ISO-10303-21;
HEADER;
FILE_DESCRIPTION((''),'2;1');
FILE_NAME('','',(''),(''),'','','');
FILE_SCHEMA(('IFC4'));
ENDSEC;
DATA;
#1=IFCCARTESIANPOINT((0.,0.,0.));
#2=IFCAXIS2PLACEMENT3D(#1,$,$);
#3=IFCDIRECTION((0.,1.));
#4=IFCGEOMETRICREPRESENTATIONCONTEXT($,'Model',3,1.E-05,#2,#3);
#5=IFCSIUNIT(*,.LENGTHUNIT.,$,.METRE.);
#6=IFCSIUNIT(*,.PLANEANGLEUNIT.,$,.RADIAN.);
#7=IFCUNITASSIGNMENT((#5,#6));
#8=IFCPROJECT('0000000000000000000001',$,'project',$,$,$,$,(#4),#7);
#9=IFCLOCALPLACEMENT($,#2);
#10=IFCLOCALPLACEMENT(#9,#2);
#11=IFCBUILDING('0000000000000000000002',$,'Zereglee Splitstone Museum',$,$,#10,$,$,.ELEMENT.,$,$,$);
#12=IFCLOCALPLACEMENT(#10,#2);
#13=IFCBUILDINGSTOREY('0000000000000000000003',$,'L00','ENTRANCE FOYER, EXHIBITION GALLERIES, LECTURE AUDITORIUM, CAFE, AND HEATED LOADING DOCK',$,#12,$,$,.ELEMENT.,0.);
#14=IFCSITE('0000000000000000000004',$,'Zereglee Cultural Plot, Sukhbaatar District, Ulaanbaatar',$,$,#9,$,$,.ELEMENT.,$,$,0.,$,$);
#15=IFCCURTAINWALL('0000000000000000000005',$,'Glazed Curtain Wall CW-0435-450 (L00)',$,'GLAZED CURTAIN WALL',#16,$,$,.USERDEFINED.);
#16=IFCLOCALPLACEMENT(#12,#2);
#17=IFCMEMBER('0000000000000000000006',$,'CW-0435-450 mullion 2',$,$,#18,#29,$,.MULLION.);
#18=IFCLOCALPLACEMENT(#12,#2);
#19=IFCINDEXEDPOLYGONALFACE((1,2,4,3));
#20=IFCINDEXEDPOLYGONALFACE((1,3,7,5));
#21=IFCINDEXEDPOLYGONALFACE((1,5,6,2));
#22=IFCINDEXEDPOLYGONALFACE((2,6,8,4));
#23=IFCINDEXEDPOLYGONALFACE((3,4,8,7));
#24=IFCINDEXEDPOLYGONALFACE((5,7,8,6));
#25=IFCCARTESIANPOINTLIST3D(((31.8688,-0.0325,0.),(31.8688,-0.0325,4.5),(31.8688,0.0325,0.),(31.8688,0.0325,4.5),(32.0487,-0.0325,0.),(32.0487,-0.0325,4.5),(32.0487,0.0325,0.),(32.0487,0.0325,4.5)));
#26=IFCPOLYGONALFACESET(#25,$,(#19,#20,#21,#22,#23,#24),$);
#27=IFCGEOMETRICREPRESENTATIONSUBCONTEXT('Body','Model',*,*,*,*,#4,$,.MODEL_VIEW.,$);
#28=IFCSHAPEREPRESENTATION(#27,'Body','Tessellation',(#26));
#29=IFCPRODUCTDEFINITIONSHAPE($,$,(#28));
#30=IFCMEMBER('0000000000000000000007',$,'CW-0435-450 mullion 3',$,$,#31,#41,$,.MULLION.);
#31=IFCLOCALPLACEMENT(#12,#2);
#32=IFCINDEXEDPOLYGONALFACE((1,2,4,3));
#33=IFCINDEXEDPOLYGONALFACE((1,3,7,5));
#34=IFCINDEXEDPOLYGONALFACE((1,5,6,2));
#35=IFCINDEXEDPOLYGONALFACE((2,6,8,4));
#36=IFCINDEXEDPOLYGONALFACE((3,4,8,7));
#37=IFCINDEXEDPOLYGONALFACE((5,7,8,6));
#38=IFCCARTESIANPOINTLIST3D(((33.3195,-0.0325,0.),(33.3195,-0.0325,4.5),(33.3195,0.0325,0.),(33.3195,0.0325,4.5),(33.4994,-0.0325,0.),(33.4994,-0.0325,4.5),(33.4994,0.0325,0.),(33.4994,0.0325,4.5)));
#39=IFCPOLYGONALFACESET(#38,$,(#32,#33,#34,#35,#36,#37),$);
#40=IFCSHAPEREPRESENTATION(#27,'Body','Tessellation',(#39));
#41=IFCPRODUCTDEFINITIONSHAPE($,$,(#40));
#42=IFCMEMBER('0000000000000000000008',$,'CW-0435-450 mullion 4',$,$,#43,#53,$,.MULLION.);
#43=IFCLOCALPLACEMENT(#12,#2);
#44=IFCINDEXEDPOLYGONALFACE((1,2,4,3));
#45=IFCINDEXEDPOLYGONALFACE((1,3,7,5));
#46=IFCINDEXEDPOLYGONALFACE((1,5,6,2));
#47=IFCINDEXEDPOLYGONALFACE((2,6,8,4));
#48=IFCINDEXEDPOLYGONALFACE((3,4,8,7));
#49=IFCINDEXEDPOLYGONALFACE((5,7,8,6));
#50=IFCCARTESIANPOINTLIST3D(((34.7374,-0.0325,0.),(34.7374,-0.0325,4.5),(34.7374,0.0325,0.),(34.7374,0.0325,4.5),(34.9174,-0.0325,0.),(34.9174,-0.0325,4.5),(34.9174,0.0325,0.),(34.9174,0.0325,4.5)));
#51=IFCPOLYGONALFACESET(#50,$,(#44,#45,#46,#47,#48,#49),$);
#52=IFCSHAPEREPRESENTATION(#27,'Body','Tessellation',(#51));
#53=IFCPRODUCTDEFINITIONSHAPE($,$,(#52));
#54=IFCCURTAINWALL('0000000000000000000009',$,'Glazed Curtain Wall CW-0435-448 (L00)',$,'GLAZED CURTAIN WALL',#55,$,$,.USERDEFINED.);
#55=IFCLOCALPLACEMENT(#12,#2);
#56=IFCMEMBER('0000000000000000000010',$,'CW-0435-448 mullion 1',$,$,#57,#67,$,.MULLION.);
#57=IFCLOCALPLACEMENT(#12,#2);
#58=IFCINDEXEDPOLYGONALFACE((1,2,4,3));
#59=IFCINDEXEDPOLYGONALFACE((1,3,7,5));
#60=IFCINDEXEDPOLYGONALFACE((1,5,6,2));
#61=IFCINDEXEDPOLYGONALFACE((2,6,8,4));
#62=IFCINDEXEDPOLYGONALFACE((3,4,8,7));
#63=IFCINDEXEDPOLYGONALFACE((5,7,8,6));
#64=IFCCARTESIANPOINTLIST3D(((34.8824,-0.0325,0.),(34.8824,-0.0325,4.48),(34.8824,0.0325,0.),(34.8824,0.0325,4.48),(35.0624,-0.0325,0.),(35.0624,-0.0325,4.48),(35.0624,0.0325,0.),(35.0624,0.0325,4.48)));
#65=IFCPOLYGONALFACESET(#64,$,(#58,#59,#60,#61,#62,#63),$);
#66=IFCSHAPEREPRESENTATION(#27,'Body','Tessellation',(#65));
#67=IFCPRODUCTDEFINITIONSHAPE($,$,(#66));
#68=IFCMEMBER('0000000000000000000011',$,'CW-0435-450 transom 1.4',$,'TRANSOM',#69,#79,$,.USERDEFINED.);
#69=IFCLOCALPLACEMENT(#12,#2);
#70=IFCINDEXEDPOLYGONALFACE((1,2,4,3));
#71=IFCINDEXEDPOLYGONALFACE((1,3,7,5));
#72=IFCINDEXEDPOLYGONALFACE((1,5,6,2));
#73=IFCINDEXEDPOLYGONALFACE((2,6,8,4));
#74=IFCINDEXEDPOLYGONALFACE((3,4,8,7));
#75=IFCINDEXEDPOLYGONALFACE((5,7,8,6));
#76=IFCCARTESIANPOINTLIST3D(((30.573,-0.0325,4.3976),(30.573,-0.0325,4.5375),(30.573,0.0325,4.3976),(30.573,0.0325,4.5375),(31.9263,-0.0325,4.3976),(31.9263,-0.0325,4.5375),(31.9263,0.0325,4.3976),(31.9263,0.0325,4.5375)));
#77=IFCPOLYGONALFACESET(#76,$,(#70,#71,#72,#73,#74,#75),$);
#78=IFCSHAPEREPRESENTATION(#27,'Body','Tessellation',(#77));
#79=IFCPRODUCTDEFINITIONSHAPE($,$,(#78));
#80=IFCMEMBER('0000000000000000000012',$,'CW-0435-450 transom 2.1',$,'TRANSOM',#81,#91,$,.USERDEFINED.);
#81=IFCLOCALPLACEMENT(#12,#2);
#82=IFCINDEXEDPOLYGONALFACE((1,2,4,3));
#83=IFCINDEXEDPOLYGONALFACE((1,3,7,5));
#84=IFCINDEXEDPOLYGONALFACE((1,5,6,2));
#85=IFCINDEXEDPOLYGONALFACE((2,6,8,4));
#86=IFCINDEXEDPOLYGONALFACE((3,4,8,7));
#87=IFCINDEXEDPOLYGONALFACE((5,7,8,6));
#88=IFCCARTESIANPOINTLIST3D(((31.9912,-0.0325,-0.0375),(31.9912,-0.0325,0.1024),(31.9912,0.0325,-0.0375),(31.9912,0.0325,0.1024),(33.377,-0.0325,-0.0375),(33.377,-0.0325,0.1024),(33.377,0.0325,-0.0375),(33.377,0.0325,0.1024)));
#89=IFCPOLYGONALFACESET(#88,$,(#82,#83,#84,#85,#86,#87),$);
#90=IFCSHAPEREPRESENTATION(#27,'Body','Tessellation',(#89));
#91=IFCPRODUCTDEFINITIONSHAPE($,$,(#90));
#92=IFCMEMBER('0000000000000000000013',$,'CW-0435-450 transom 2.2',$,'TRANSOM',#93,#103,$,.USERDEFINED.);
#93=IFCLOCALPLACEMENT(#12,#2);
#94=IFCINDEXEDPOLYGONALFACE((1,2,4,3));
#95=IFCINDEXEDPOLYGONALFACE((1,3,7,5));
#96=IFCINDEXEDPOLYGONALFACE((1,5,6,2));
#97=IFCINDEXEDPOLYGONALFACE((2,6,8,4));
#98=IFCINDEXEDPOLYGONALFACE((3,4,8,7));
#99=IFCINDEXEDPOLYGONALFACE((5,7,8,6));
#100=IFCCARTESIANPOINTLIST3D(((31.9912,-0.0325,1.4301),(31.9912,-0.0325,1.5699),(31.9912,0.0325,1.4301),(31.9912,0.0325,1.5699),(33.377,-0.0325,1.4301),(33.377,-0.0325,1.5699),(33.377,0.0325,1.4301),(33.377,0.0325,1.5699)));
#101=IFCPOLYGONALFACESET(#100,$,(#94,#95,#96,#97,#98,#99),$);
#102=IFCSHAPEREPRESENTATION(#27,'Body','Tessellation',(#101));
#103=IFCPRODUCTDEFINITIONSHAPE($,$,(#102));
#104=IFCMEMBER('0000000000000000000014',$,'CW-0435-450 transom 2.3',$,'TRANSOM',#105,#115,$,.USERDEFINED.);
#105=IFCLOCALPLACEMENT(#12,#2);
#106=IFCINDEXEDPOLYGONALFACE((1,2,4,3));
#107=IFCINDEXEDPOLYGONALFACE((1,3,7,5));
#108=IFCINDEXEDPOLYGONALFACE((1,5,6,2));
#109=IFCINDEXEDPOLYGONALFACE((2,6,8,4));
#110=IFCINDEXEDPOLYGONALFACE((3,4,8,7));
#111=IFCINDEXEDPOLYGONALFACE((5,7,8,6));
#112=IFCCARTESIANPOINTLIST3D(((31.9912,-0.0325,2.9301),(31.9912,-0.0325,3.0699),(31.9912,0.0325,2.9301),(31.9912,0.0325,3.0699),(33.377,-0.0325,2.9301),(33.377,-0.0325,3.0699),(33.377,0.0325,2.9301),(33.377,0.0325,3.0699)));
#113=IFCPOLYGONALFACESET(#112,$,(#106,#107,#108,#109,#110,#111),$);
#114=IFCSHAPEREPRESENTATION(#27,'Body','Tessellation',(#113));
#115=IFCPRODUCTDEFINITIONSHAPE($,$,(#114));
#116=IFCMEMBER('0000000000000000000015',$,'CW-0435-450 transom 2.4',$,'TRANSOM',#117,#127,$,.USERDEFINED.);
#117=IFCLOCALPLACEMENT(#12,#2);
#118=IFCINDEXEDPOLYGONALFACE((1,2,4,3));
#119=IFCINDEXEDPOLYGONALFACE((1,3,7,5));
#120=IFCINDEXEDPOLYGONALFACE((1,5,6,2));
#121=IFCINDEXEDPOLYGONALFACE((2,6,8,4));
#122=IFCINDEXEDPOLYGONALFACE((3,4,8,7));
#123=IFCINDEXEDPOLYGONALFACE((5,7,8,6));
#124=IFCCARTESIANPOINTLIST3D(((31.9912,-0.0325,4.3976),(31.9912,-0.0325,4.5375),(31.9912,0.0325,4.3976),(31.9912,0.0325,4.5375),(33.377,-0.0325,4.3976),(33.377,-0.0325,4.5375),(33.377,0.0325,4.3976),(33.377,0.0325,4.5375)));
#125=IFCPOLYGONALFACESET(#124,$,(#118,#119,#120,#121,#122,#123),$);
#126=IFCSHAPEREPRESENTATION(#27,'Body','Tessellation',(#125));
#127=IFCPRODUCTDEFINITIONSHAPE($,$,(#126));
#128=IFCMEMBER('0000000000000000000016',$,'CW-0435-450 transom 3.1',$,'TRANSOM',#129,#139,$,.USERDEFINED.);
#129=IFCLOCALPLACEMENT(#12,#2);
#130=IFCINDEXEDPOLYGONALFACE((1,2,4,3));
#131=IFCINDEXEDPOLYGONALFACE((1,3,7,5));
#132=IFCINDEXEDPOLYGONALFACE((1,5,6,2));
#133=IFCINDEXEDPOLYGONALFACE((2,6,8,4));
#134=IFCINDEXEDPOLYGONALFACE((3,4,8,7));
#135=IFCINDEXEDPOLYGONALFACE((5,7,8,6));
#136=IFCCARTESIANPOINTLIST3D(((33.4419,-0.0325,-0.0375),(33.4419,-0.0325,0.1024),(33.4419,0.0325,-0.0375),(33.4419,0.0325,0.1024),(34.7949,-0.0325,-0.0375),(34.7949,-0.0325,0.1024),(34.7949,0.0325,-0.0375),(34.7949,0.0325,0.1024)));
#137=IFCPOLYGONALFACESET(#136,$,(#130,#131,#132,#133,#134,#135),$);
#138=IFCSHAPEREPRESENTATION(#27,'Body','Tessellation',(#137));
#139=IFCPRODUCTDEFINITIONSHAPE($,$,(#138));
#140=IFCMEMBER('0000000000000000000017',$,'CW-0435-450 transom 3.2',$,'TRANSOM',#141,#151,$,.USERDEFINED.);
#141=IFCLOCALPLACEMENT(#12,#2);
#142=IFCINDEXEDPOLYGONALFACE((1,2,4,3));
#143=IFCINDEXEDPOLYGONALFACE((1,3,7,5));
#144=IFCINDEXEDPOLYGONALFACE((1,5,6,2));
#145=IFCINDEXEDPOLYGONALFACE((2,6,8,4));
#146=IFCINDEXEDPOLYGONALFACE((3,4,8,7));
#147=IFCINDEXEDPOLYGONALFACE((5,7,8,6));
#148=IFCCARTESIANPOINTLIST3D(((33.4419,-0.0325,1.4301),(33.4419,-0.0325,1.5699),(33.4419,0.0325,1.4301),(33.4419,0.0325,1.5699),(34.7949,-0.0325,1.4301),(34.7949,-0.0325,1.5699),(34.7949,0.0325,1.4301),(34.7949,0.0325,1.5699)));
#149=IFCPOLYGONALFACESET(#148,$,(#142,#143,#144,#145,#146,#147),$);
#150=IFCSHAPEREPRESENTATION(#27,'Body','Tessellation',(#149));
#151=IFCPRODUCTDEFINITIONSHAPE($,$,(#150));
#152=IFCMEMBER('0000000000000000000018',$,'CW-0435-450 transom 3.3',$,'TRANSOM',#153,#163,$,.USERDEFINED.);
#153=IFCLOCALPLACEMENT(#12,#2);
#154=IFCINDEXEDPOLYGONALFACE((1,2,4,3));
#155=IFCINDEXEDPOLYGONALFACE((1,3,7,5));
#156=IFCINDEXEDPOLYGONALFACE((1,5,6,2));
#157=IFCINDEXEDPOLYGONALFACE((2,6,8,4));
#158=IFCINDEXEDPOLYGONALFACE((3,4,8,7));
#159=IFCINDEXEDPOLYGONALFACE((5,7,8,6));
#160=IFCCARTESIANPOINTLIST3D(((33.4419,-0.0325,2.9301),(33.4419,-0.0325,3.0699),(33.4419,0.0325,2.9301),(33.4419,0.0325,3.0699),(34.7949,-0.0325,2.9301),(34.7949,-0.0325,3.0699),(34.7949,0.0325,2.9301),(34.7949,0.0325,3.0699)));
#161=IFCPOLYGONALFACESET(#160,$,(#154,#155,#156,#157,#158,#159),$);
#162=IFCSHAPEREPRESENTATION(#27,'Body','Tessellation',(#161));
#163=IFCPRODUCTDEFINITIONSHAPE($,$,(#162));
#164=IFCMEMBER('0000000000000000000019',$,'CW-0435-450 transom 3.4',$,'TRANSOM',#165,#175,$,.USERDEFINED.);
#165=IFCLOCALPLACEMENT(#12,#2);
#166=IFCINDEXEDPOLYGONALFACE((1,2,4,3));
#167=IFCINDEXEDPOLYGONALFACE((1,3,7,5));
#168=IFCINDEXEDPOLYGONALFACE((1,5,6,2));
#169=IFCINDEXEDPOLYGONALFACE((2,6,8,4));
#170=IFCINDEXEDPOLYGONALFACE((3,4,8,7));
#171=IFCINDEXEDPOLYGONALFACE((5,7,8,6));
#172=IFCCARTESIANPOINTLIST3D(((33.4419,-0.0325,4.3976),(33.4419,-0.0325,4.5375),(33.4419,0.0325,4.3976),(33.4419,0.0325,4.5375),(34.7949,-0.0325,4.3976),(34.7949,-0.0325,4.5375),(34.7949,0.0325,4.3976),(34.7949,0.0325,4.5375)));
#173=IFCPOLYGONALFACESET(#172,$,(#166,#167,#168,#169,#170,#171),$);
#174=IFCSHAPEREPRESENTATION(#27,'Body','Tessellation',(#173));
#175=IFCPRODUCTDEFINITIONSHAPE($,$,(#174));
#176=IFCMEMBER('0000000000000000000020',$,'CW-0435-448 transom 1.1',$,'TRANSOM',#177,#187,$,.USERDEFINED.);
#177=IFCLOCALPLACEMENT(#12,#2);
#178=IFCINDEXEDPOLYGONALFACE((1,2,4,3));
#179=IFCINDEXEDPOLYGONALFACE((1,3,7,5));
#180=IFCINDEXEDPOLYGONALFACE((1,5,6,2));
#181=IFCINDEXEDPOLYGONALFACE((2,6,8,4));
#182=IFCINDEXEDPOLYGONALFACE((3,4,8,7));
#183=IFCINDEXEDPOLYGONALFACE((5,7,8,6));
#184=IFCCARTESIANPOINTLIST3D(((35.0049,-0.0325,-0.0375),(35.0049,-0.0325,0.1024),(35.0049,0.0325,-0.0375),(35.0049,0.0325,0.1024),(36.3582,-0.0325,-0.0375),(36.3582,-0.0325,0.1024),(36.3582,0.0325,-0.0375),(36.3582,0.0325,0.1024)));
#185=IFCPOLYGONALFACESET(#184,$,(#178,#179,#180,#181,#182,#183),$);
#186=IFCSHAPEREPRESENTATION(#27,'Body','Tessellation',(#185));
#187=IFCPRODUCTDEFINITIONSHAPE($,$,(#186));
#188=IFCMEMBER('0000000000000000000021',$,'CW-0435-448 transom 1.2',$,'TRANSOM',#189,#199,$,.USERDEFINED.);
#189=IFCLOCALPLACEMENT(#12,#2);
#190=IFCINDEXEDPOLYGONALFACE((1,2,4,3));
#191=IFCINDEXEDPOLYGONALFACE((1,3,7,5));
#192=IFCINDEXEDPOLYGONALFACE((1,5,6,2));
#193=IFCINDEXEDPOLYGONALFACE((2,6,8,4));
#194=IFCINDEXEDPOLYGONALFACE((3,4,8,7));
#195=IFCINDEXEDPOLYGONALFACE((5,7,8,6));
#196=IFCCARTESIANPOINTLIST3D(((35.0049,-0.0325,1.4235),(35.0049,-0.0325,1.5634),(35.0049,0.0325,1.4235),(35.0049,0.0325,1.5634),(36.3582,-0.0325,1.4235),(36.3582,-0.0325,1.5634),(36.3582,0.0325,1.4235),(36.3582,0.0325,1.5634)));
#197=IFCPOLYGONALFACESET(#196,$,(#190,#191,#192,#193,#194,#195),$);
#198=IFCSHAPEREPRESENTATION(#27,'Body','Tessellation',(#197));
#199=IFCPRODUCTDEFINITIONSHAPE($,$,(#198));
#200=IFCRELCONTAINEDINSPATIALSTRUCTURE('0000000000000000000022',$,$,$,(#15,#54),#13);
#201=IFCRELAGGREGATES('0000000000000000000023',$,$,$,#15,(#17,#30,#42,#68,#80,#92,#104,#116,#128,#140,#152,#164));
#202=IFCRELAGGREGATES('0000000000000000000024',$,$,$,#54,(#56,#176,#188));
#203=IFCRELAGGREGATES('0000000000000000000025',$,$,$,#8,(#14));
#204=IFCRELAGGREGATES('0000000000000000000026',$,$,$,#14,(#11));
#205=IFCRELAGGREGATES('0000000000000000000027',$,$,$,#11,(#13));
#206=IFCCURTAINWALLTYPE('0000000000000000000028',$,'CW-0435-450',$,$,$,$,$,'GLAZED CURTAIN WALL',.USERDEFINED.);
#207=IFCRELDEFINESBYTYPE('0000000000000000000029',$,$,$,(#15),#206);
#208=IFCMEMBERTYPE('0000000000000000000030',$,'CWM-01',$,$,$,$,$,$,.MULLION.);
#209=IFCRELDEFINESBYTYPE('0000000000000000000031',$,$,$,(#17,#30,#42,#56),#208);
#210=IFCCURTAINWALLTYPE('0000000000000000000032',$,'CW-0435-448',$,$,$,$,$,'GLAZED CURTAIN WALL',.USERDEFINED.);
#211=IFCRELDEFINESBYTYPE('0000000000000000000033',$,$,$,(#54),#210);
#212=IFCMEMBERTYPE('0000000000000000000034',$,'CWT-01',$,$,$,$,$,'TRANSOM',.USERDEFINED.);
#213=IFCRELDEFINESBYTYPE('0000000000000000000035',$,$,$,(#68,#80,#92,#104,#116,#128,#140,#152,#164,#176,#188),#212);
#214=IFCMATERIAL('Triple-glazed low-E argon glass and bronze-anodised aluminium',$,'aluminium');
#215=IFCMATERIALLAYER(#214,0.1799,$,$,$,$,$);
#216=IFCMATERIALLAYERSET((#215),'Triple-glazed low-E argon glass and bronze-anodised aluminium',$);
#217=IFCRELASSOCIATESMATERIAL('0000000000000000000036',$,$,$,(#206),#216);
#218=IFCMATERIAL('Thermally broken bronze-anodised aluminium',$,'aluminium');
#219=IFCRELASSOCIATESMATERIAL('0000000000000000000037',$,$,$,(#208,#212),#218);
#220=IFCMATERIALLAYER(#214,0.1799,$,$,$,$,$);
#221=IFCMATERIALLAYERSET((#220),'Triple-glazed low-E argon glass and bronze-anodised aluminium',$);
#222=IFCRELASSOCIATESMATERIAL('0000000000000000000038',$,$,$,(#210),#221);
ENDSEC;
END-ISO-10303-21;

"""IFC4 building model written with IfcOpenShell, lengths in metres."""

from ifc_helpers import new_model, si_unit, direction, frame, origin, origin_2d, place, context, subcontext, project, spatial, rectangle, extrude, material, layer, layer_set, material_profile, profile_set, type_object, element, aggregate, save


model = new_model("IFC4")

# Units and contexts
model_context = context("Model", 3, precision=1e-05, world=origin(), true_north=direction((0.0, 1.0)))
body_context = subcontext(model_context, "Body", "Model", "MODEL_VIEW")
ifc_project = project(units=[si_unit("LENGTHUNIT", "METRE"), si_unit("PLANEANGLEUNIT", "RADIAN")], contexts=[model_context])

# Site, building, storey
site_placement = place(None, origin())
site = spatial("IfcSite", under=ifc_project, at=site_placement, Name="Zereglee Cultural Plot, Sukhbaatar District, Ulaanbaatar", CompositionType="ELEMENT", RefElevation=0.0)
building_placement = place(site_placement, origin())
building = spatial("IfcBuilding", under=site, at=building_placement, Name="Zereglee Splitstone Museum", CompositionType="ELEMENT")
storey_placement = place(building_placement, origin())
storey = spatial("IfcBuildingStorey", under=building, at=storey_placement, Name="L00", Description="ENTRANCE FOYER, EXHIBITION GALLERIES, LECTURE AUDITORIUM, CAFE, AND HEATED LOADING DOCK", CompositionType="ELEMENT", Elevation=0.0)

# Curtain wall, members
ifc_material_1 = material(Name="Triple-glazed low-E argon glass and bronze-anodised aluminium", Category="aluminium")
ifc_layer_1 = layer(ifc_material_1, 0.1799)
ifc_layer_set_1 = layer_set([ifc_layer_1], Name="Triple-glazed low-E argon glass and bronze-anodised aluminium")
curtain_wall_type_1 = type_object("IfcCurtainWallType", Name="CW-0435-450", ElementType="GLAZED CURTAIN WALL", PredefinedType="USERDEFINED", material=ifc_layer_set_1)
curtain_wall_1_placement = place(storey_placement, origin())
curtain_wall_1 = element("IfcCurtainWall", 1, at=curtain_wall_1_placement, inside=storey, type_object=curtain_wall_type_1, Name="Glazed Curtain Wall CW-0435-450 (L00)", ObjectType="GLAZED CURTAIN WALL", PredefinedType="USERDEFINED")
ifc_material_2 = material(Name="Thermally broken bronze-anodised aluminium", Category="aluminium")
ifc_material_profile_1 = material_profile(ifc_material_2, rectangle(XDim=0.0649, YDim=0.1799, at=origin_2d()), Name="CW MULL 65x180")
ifc_profile_set_1 = profile_set([ifc_material_profile_1], Name="Thermally broken bronze-anodised aluminium")
member_type_1 = type_object("IfcMemberType", Name="CWM-01", PredefinedType="MULLION", material=ifc_profile_set_1)
member_1_placement = place(storey_placement, frame((31.9587, 0.0, 0.0), z_axis=(0.0, 0.0, 1.0), x_axis=(0.0, 1.0, 0.0)))
member_1 = element("IfcMember", 2, at=member_1_placement, type_object=member_type_1, Name="CW-0435-450 mullion 2", PredefinedType="MULLION", context=body_context, shape_type="SweptSolid", body=[
    extrude(rectangle(XDim=0.0649, YDim=0.1799, at=origin_2d()), origin(), (0.0, 0.0, 1.0), 4.5),
])
member_2_placement = place(storey_placement, frame((33.4094, 0.0, 0.0), z_axis=(0.0, 0.0, 1.0), x_axis=(0.0, 1.0, 0.0)))
member_2 = element("IfcMember", 3, at=member_2_placement, type_object=member_type_1, Name="CW-0435-450 mullion 3", PredefinedType="MULLION", context=body_context, shape_type="SweptSolid", body=[
    extrude(rectangle(XDim=0.0649, YDim=0.1799, at=origin_2d()), origin(), (0.0, 0.0, 1.0), 4.5),
])
member_3_placement = place(storey_placement, frame((34.8274, 0.0, 0.0), z_axis=(0.0, 0.0, 1.0), x_axis=(0.0, 1.0, 0.0)))
member_3 = element("IfcMember", 4, at=member_3_placement, type_object=member_type_1, Name="CW-0435-450 mullion 4", PredefinedType="MULLION", context=body_context, shape_type="SweptSolid", body=[
    extrude(rectangle(XDim=0.0649, YDim=0.1799, at=origin_2d()), origin(), (0.0, 0.0, 1.0), 4.5),
])

# Curtain wall, member
ifc_layer_2 = layer(ifc_material_1, 0.1799)
ifc_layer_set_2 = layer_set([ifc_layer_2], Name="Triple-glazed low-E argon glass and bronze-anodised aluminium")
curtain_wall_type_2 = type_object("IfcCurtainWallType", Name="CW-0435-448", ElementType="GLAZED CURTAIN WALL", PredefinedType="USERDEFINED", material=ifc_layer_set_2)
curtain_wall_2_placement = place(storey_placement, origin())
curtain_wall_2 = element("IfcCurtainWall", 5, at=curtain_wall_2_placement, inside=storey, type_object=curtain_wall_type_2, Name="Glazed Curtain Wall CW-0435-448 (L00)", ObjectType="GLAZED CURTAIN WALL", PredefinedType="USERDEFINED")
member_4_placement = place(storey_placement, frame((34.9724, 0.0, 0.0), z_axis=(0.0, 0.0, 1.0), x_axis=(0.0, 1.0, 0.0)))
member_4 = element("IfcMember", 6, at=member_4_placement, type_object=member_type_1, Name="CW-0435-448 mullion 1", PredefinedType="MULLION", context=body_context, shape_type="SweptSolid", body=[
    extrude(rectangle(XDim=0.0649, YDim=0.1799, at=origin_2d()), origin(), (0.0, 0.0, 1.0), 4.48),
])

# Members
ifc_material_profile_2 = material_profile(ifc_material_2, rectangle(XDim=0.0649, YDim=0.1399, at=origin_2d()), Name="CW TRAN 65x140")
ifc_profile_set_2 = profile_set([ifc_material_profile_2], Name="Thermally broken bronze-anodised aluminium")
member_type_2 = type_object("IfcMemberType", Name="CWT-01", ElementType="TRANSOM", PredefinedType="USERDEFINED", material=ifc_profile_set_2)
member_5_placement = place(storey_placement, frame((30.573, 0.0, 4.4675), z_axis=(1.0, 0.0, 0.0), x_axis=(0.0, 1.0, 0.0)))
member_5 = element("IfcMember", 7, at=member_5_placement, type_object=member_type_2, Name="CW-0435-450 transom 1.4", ObjectType="TRANSOM", PredefinedType="USERDEFINED", context=body_context, shape_type="SweptSolid", body=[
    extrude(rectangle(XDim=0.0649, YDim=0.1399, at=origin_2d()), origin(), (0.0, 0.0, 1.0), 1.3533),
])
member_6_placement = place(storey_placement, frame((31.9912, 0.0, 0.0325), z_axis=(1.0, 0.0, 0.0), x_axis=(0.0, 1.0, 0.0)))
member_6 = element("IfcMember", 8, at=member_6_placement, type_object=member_type_2, Name="CW-0435-450 transom 2.1", ObjectType="TRANSOM", PredefinedType="USERDEFINED", context=body_context, shape_type="SweptSolid", body=[
    extrude(rectangle(XDim=0.0649, YDim=0.1399, at=origin_2d()), origin(), (0.0, 0.0, 1.0), 1.3857),
])
member_7_placement = place(storey_placement, frame((31.9912, 0.0, 1.5), z_axis=(1.0, 0.0, 0.0), x_axis=(0.0, 1.0, 0.0)))
member_7 = element("IfcMember", 9, at=member_7_placement, type_object=member_type_2, Name="CW-0435-450 transom 2.2", ObjectType="TRANSOM", PredefinedType="USERDEFINED", context=body_context, shape_type="SweptSolid", body=[
    extrude(rectangle(XDim=0.0649, YDim=0.1399, at=origin_2d()), origin(), (0.0, 0.0, 1.0), 1.3857),
])
member_8_placement = place(storey_placement, frame((31.9912, 0.0, 3.0), z_axis=(1.0, 0.0, 0.0), x_axis=(0.0, 1.0, 0.0)))
member_8 = element("IfcMember", 10, at=member_8_placement, type_object=member_type_2, Name="CW-0435-450 transom 2.3", ObjectType="TRANSOM", PredefinedType="USERDEFINED", context=body_context, shape_type="SweptSolid", body=[
    extrude(rectangle(XDim=0.0649, YDim=0.1399, at=origin_2d()), origin(), (0.0, 0.0, 1.0), 1.3857),
])
member_9_placement = place(storey_placement, frame((31.9912, 0.0, 4.4675), z_axis=(1.0, 0.0, 0.0), x_axis=(0.0, 1.0, 0.0)))
member_9 = element("IfcMember", 11, at=member_9_placement, type_object=member_type_2, Name="CW-0435-450 transom 2.4", ObjectType="TRANSOM", PredefinedType="USERDEFINED", context=body_context, shape_type="SweptSolid", body=[
    extrude(rectangle(XDim=0.0649, YDim=0.1399, at=origin_2d()), origin(), (0.0, 0.0, 1.0), 1.3857),
])
member_10_placement = place(storey_placement, frame((33.4419, 0.0, 0.0325), z_axis=(1.0, 0.0, 0.0), x_axis=(0.0, 1.0, 0.0)))
member_10 = element("IfcMember", 12, at=member_10_placement, type_object=member_type_2, Name="CW-0435-450 transom 3.1", ObjectType="TRANSOM", PredefinedType="USERDEFINED", context=body_context, shape_type="SweptSolid", body=[
    extrude(rectangle(XDim=0.0649, YDim=0.1399, at=origin_2d()), origin(), (0.0, 0.0, 1.0), 1.353),
])
member_11_placement = place(storey_placement, frame((33.4419, 0.0, 1.5), z_axis=(1.0, 0.0, 0.0), x_axis=(0.0, 1.0, 0.0)))
member_11 = element("IfcMember", 13, at=member_11_placement, type_object=member_type_2, Name="CW-0435-450 transom 3.2", ObjectType="TRANSOM", PredefinedType="USERDEFINED", context=body_context, shape_type="SweptSolid", body=[
    extrude(rectangle(XDim=0.0649, YDim=0.1399, at=origin_2d()), origin(), (0.0, 0.0, 1.0), 1.353),
])
member_12_placement = place(storey_placement, frame((33.4419, 0.0, 3.0), z_axis=(1.0, 0.0, 0.0), x_axis=(0.0, 1.0, 0.0)))
member_12 = element("IfcMember", 14, at=member_12_placement, type_object=member_type_2, Name="CW-0435-450 transom 3.3", ObjectType="TRANSOM", PredefinedType="USERDEFINED", context=body_context, shape_type="SweptSolid", body=[
    extrude(rectangle(XDim=0.0649, YDim=0.1399, at=origin_2d()), origin(), (0.0, 0.0, 1.0), 1.353),
])
member_13_placement = place(storey_placement, frame((33.4419, 0.0, 4.4675), z_axis=(1.0, 0.0, 0.0), x_axis=(0.0, 1.0, 0.0)))
member_13 = element("IfcMember", 15, at=member_13_placement, type_object=member_type_2, Name="CW-0435-450 transom 3.4", ObjectType="TRANSOM", PredefinedType="USERDEFINED", context=body_context, shape_type="SweptSolid", body=[
    extrude(rectangle(XDim=0.0649, YDim=0.1399, at=origin_2d()), origin(), (0.0, 0.0, 1.0), 1.353),
])
member_14_placement = place(storey_placement, frame((35.0049, 0.0, 0.0325), z_axis=(1.0, 0.0, 0.0), x_axis=(0.0, 1.0, 0.0)))
member_14 = element("IfcMember", 16, at=member_14_placement, type_object=member_type_2, Name="CW-0435-448 transom 1.1", ObjectType="TRANSOM", PredefinedType="USERDEFINED", context=body_context, shape_type="SweptSolid", body=[
    extrude(rectangle(XDim=0.0649, YDim=0.1399, at=origin_2d()), origin(), (0.0, 0.0, 1.0), 1.3533),
])
member_15_placement = place(storey_placement, frame((35.0049, 0.0, 1.4934), z_axis=(1.0, 0.0, 0.0), x_axis=(0.0, 1.0, 0.0)))
member_15 = element("IfcMember", 17, at=member_15_placement, type_object=member_type_2, Name="CW-0435-448 transom 1.2", ObjectType="TRANSOM", PredefinedType="USERDEFINED", context=body_context, shape_type="SweptSolid", body=[
    extrude(rectangle(XDim=0.0649, YDim=0.1399, at=origin_2d()), origin(), (0.0, 0.0, 1.0), 1.3533),
])

aggregate(curtain_wall_1, [member_1, member_2, member_3, member_5, member_6, member_7, member_8, member_9, member_10, member_11, member_12, member_13])
aggregate(curtain_wall_2, [member_4, member_14, member_15])

save(model, "model.ifc")
